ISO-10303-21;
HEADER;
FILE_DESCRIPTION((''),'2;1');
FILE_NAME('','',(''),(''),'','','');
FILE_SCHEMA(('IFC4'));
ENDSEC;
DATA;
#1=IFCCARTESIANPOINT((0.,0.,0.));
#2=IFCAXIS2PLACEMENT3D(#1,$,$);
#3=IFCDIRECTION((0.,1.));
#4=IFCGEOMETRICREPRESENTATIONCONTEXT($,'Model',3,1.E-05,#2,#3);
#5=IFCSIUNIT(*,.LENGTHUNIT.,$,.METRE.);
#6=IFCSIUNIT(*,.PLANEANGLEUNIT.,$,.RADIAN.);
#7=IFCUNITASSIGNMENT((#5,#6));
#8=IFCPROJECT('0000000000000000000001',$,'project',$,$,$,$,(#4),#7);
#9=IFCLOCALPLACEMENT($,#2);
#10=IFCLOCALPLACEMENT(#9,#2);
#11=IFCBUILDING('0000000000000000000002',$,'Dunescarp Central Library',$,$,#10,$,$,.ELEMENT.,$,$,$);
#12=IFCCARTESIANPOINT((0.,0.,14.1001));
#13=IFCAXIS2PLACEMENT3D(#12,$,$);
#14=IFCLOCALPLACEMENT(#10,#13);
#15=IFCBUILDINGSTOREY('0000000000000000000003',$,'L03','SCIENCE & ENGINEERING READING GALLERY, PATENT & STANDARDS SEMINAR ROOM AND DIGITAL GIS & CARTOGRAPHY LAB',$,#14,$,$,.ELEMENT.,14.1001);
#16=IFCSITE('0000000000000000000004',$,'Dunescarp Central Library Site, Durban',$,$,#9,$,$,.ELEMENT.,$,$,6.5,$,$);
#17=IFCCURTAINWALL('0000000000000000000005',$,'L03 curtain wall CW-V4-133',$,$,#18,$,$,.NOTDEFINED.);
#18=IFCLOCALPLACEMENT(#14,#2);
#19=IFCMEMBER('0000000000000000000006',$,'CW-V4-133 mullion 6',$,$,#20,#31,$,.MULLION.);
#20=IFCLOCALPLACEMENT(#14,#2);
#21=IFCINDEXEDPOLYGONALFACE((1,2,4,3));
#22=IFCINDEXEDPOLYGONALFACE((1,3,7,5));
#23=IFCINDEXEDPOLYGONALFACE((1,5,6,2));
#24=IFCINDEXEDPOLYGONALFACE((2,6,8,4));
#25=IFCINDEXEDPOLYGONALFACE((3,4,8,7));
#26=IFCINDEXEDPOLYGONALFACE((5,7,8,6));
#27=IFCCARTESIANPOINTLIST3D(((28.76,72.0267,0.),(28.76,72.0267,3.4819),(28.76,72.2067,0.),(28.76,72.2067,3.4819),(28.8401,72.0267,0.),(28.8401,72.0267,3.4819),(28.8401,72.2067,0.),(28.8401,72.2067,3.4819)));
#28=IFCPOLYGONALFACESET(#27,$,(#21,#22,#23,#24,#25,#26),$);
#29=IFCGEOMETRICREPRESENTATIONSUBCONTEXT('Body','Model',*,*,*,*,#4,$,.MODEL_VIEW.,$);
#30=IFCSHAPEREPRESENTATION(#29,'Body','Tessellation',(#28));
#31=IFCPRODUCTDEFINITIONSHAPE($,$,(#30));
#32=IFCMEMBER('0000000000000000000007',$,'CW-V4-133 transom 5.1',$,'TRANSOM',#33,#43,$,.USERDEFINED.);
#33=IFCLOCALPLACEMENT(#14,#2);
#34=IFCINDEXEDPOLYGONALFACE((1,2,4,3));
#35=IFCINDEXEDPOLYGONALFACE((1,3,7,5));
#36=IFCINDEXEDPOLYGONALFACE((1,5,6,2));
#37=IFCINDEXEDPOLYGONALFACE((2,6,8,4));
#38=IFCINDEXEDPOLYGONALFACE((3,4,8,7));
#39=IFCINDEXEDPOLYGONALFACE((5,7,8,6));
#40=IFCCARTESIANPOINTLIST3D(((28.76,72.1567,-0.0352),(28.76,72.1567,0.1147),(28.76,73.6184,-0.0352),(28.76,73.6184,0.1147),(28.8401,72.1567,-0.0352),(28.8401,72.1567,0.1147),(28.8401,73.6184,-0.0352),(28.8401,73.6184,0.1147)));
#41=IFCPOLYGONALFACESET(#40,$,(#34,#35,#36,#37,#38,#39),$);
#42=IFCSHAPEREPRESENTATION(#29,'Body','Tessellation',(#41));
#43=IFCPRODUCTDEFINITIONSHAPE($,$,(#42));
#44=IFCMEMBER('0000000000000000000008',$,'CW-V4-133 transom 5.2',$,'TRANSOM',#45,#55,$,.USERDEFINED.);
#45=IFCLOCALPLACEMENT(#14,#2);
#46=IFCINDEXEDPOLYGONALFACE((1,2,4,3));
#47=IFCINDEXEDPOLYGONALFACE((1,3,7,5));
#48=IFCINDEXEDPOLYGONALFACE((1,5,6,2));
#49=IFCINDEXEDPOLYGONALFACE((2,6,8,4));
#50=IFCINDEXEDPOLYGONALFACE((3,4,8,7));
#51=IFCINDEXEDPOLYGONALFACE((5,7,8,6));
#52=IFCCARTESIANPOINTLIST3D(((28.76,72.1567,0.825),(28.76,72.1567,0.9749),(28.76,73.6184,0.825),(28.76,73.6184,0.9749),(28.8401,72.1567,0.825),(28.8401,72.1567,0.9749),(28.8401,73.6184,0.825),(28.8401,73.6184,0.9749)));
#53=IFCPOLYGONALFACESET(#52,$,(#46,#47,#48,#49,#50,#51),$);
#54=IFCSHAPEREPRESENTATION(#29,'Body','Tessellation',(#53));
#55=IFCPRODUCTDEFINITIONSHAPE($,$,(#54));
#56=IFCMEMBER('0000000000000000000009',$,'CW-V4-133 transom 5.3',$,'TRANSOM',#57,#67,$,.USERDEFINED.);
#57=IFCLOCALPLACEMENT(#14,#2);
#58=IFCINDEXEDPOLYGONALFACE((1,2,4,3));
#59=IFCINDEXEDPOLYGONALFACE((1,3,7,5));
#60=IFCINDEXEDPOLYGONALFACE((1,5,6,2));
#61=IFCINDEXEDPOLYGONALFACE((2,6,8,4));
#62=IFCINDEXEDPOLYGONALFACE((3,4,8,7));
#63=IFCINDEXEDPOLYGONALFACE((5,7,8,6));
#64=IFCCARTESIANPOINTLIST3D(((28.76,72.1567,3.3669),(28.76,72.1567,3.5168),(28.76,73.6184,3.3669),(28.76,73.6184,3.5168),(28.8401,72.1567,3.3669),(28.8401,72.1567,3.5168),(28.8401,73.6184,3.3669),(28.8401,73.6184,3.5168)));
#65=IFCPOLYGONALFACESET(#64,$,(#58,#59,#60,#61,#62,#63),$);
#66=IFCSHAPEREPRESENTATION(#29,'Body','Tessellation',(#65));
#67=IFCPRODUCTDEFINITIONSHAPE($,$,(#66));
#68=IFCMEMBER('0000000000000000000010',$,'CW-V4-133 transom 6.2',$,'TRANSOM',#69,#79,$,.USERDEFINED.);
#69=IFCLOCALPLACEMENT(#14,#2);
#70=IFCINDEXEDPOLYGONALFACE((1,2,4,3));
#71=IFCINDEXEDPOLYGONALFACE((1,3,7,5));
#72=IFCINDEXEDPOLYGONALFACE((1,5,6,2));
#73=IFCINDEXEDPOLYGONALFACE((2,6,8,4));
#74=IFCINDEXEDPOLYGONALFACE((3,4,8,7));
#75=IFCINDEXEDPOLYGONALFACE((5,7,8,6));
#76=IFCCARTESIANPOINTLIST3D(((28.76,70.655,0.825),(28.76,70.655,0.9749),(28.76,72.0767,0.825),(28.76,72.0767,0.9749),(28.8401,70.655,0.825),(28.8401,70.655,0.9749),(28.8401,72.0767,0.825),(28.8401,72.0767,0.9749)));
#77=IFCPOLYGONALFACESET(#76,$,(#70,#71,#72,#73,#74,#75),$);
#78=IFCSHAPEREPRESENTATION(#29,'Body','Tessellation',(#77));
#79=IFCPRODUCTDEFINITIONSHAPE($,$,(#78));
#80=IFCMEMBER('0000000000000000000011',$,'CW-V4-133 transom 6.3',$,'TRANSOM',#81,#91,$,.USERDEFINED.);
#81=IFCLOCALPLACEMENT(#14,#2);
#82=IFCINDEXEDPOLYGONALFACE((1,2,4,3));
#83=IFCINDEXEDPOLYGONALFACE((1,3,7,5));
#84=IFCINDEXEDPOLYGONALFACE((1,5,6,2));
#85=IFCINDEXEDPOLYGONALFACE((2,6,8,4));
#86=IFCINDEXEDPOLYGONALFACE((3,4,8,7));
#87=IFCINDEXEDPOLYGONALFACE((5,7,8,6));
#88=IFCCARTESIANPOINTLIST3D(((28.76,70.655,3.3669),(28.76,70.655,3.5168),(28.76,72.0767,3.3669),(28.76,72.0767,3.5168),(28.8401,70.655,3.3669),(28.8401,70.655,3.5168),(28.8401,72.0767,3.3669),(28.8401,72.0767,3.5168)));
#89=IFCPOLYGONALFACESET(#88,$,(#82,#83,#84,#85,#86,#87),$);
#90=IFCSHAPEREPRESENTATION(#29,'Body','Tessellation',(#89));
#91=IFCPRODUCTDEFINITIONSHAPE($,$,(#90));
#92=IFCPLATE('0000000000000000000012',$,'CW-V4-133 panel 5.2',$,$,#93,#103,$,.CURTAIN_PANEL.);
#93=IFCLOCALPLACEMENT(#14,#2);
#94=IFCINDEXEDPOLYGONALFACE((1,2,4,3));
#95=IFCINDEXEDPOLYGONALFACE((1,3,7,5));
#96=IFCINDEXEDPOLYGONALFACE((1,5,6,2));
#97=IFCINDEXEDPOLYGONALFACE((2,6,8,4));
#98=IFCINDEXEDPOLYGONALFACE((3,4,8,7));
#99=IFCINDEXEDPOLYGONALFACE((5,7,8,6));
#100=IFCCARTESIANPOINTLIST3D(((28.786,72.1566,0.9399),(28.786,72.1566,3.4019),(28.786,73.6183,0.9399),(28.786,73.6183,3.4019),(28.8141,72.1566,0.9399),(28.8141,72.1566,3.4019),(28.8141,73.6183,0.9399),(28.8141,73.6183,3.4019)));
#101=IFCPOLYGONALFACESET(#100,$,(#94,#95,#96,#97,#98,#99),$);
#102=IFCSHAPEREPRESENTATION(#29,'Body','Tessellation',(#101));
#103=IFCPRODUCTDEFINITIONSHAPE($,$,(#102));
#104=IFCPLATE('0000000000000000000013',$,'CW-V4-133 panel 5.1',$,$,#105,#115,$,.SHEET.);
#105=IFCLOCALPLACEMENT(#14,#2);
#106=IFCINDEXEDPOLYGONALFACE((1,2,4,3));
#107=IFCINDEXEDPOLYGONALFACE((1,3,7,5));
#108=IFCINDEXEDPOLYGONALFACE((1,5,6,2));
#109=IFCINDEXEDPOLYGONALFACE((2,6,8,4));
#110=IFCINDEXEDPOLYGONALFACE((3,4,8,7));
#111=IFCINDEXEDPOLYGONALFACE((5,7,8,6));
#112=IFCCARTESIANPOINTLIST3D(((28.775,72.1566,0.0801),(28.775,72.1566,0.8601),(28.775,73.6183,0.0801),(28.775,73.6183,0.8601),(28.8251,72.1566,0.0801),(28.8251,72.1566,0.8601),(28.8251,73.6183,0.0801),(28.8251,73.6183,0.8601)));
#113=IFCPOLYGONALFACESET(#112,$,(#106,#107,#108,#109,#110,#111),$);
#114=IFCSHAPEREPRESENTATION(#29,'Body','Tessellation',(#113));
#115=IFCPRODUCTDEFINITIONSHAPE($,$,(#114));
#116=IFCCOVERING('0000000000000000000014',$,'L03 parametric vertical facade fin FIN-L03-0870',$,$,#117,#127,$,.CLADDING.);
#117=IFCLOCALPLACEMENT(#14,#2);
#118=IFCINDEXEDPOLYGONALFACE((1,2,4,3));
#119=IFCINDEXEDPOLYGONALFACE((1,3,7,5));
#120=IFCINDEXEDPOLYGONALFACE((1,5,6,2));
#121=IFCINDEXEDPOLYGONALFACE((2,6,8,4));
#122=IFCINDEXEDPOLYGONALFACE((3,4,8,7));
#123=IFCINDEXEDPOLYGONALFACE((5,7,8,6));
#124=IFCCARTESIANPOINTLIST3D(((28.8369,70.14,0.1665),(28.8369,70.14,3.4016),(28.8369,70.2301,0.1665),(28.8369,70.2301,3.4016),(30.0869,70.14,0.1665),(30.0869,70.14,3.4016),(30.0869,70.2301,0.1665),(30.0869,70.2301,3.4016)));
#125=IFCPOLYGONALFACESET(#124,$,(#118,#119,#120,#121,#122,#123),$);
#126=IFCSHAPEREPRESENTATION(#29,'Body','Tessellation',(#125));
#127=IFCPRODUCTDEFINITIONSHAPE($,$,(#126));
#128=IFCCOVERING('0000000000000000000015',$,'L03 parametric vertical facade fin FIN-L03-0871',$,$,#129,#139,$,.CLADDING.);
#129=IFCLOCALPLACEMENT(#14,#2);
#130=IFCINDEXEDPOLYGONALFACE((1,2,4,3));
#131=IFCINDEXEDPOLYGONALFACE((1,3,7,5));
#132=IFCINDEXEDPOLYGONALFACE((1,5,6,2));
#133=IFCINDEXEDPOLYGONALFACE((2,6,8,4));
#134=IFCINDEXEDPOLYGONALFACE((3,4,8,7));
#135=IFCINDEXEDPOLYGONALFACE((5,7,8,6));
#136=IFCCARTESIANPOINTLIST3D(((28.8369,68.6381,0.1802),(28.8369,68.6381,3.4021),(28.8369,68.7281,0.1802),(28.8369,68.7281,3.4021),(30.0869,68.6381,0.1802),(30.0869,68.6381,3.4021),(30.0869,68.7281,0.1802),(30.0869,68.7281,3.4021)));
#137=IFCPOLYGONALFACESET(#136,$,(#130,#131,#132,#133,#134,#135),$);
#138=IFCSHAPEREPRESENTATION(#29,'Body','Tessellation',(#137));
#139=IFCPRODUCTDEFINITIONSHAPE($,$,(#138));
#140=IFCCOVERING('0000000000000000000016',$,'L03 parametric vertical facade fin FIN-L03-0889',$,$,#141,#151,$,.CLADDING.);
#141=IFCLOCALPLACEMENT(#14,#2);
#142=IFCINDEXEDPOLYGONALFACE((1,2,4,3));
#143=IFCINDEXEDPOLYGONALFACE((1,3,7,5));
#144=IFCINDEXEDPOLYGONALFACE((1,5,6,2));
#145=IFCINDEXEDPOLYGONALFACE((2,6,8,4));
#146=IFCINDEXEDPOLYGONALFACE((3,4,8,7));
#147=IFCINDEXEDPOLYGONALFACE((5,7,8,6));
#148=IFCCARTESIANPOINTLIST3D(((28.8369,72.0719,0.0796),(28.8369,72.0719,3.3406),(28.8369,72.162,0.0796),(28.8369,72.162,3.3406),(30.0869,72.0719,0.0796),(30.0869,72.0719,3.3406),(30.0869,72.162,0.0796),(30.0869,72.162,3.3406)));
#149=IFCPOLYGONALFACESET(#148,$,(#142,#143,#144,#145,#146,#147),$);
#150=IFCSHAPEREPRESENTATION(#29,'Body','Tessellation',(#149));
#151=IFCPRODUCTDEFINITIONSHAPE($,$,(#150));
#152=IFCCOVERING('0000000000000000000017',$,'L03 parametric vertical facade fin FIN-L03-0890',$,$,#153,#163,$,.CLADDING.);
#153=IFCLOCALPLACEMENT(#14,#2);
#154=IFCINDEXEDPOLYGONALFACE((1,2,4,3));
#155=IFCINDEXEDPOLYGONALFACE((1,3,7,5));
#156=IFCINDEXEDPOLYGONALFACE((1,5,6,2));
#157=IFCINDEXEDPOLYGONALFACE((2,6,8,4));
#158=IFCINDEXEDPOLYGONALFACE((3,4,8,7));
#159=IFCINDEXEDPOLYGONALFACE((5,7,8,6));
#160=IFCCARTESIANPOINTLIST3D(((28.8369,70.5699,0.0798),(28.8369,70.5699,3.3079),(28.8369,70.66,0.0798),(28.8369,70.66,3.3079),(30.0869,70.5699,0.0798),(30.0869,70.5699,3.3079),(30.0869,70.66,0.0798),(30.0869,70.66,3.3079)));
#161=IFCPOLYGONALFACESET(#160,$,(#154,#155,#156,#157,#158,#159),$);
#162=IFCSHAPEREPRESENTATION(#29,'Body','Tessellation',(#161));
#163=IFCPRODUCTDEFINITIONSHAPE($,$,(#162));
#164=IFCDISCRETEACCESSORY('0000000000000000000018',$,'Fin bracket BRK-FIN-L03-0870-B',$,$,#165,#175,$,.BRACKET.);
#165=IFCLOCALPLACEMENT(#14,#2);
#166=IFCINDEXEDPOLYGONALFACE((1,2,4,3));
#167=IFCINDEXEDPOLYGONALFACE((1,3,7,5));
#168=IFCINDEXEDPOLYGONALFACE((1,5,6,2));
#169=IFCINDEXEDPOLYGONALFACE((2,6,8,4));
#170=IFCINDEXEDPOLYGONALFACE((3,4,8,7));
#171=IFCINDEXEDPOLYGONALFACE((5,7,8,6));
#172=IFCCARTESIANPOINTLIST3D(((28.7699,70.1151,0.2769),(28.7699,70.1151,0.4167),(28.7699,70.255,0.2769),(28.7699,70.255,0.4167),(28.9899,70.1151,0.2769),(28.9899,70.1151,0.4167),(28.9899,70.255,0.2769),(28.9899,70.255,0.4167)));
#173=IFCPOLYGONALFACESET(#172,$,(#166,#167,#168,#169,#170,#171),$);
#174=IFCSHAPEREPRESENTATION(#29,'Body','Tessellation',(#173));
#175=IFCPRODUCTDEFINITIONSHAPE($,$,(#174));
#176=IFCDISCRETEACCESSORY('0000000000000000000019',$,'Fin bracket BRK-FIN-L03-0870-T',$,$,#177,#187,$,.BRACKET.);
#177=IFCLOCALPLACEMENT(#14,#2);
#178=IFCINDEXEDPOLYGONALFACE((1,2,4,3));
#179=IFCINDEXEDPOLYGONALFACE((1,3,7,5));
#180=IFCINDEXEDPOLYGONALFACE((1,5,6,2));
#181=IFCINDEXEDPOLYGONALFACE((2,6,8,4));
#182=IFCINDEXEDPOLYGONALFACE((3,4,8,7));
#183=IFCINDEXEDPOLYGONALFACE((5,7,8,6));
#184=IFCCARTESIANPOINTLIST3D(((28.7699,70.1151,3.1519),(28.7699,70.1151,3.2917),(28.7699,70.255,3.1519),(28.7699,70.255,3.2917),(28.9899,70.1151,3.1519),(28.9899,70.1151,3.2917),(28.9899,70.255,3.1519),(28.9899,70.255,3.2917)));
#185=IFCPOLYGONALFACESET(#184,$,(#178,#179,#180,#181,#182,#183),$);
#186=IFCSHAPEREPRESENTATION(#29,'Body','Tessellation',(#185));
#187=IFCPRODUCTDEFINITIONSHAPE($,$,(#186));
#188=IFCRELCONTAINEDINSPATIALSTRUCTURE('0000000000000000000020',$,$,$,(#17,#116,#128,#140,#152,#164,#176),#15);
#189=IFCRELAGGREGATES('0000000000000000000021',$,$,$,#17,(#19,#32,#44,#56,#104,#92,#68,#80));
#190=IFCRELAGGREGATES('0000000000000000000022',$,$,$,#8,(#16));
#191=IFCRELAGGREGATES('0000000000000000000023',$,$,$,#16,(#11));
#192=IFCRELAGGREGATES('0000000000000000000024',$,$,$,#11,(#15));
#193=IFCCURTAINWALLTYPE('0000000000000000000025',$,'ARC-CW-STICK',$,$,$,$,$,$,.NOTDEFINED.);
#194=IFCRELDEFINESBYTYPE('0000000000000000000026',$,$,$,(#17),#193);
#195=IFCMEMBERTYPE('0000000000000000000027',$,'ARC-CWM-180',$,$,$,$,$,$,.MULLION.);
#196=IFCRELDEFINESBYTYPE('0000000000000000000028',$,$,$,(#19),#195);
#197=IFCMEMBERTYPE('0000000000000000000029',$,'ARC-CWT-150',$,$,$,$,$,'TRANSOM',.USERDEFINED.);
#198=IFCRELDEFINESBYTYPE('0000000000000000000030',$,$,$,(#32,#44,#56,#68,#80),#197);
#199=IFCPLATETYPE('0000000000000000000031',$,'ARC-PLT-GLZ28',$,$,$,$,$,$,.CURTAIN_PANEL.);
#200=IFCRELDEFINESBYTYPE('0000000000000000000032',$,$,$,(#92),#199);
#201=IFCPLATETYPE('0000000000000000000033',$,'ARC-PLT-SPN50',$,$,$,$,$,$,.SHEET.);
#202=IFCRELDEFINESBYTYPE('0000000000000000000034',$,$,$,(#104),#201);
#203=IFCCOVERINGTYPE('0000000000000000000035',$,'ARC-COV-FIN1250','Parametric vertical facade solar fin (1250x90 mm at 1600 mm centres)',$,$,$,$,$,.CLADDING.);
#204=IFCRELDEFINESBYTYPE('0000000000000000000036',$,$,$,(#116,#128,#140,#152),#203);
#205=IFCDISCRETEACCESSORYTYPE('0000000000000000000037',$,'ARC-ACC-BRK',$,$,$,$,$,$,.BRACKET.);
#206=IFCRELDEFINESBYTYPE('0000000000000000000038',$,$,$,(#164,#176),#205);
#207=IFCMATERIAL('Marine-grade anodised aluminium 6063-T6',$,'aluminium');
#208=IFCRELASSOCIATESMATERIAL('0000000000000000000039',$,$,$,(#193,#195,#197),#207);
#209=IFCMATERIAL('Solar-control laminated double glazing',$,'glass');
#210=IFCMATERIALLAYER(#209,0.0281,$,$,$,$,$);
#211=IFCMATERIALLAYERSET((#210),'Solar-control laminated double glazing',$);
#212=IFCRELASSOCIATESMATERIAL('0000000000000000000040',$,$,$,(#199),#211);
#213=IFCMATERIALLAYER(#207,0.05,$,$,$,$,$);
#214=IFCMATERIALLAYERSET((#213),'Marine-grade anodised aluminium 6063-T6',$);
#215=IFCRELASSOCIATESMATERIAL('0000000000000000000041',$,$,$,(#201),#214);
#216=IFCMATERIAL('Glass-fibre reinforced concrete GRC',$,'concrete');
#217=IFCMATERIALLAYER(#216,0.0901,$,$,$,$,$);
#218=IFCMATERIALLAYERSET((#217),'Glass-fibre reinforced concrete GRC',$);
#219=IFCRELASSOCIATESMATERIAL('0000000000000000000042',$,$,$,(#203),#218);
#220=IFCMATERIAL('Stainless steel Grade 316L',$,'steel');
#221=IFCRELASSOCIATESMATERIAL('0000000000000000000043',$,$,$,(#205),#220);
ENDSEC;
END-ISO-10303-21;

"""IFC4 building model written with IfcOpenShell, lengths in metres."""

from ifc_helpers import new_model, si_unit, direction, frame, origin, origin_2d, place, context, subcontext, project, spatial, rectangle, extrude, material, layer, layer_set, material_profile, profile_set, type_object, element, aggregate, save


model = new_model("IFC4")

# Units and contexts
model_context = context("Model", 3, precision=1e-05, world=origin(), true_north=direction((0.0, 1.0)))
body_context = subcontext(model_context, "Body", "Model", "MODEL_VIEW")
ifc_project = project(units=[si_unit("LENGTHUNIT", "METRE"), si_unit("PLANEANGLEUNIT", "RADIAN")], contexts=[model_context])

# Site, building, storey
site_placement = place(None, origin())
site = spatial("IfcSite", under=ifc_project, at=site_placement, Name="Dunescarp Central Library Site, Durban", CompositionType="ELEMENT", RefElevation=6.5)
building_placement = place(site_placement, origin())
building = spatial("IfcBuilding", under=site, at=building_placement, Name="Dunescarp Central Library", CompositionType="ELEMENT")
storey_placement = place(building_placement, frame((0.0, 0.0, 14.1001)))
storey = spatial("IfcBuildingStorey", under=building, at=storey_placement, Name="L03", Description="SCIENCE & ENGINEERING READING GALLERY, PATENT & STANDARDS SEMINAR ROOM AND DIGITAL GIS & CARTOGRAPHY LAB", CompositionType="ELEMENT", Elevation=14.1001)

# Curtain wall, members, plates
ifc_material_1 = material(Name="Marine-grade anodised aluminium 6063-T6", Category="aluminium")
curtain_wall_type = type_object("IfcCurtainWallType", Name="ARC-CW-STICK", PredefinedType="NOTDEFINED", material=ifc_material_1)
curtain_wall_placement = place(storey_placement, origin())
curtain_wall = element("IfcCurtainWall", 1, at=curtain_wall_placement, inside=storey, type_object=curtain_wall_type, Name="L03 curtain wall CW-V4-133", PredefinedType="NOTDEFINED")
ifc_material_profile_1 = material_profile(ifc_material_1, rectangle(XDim=0.0801, YDim=0.1799, at=origin_2d()), Name="AL 80x180")
ifc_profile_set_1 = profile_set([ifc_material_profile_1], Name="Marine-grade anodised aluminium 6063-T6")
member_type_1 = type_object("IfcMemberType", Name="ARC-CWM-180", PredefinedType="MULLION", material=ifc_profile_set_1)
member_1_placement = place(storey_placement, frame((28.8, 72.1167, 0.0), z_axis=(0.0, 0.0, 1.0), x_axis=(1.0, 0.0, 0.0)))
member_1 = element("IfcMember", 2, at=member_1_placement, type_object=member_type_1, Name="CW-V4-133 mullion 6", PredefinedType="MULLION", context=body_context, shape_type="SweptSolid", body=[
    extrude(rectangle(XDim=0.0801, YDim=0.1799, at=origin_2d()), origin(), (0.0, 0.0, 1.0), 3.4819),
])
ifc_material_profile_2 = material_profile(ifc_material_1, rectangle(XDim=0.0801, YDim=0.1499, at=origin_2d()), Name="AL 80x150")
ifc_profile_set_2 = profile_set([ifc_material_profile_2], Name="Marine-grade anodised aluminium 6063-T6")
member_type_2 = type_object("IfcMemberType", Name="ARC-CWT-150", ElementType="TRANSOM", PredefinedType="USERDEFINED", material=ifc_profile_set_2)
member_2_placement = place(storey_placement, frame((28.8, 73.6184, 0.0398), z_axis=(0.0, -1.0, 0.0), x_axis=(1.0, 0.0, 0.0)))
member_2 = element("IfcMember", 3, at=member_2_placement, type_object=member_type_2, Name="CW-V4-133 transom 5.1", ObjectType="TRANSOM", PredefinedType="USERDEFINED", context=body_context, shape_type="SweptSolid", body=[
    extrude(rectangle(XDim=0.0801, YDim=0.1499, at=origin_2d()), origin(), (0.0, 0.0, 1.0), 1.4617),
])
member_3_placement = place(storey_placement, frame((28.8, 73.6184, 0.8999), z_axis=(0.0, -1.0, 0.0), x_axis=(1.0, 0.0, 0.0)))
member_3 = element("IfcMember", 4, at=member_3_placement, type_object=member_type_2, Name="CW-V4-133 transom 5.2", ObjectType="TRANSOM", PredefinedType="USERDEFINED", context=body_context, shape_type="SweptSolid", body=[
    extrude(rectangle(XDim=0.0801, YDim=0.1499, at=origin_2d()), origin(), (0.0, 0.0, 1.0), 1.4617),
])
member_4_placement = place(storey_placement, frame((28.8, 73.6184, 3.4419), z_axis=(0.0, -1.0, 0.0), x_axis=(1.0, 0.0, 0.0)))
member_4 = element("IfcMember", 5, at=member_4_placement, type_object=member_type_2, Name="CW-V4-133 transom 5.3", ObjectType="TRANSOM", PredefinedType="USERDEFINED", context=body_context, shape_type="SweptSolid", body=[
    extrude(rectangle(XDim=0.0801, YDim=0.1499, at=origin_2d()), origin(), (0.0, 0.0, 1.0), 1.4617),
])
member_5_placement = place(storey_placement, frame((28.8, 72.0767, 0.8999), z_axis=(0.0, -1.0, 0.0), x_axis=(1.0, 0.0, 0.0)))
member_5 = element("IfcMember", 6, at=member_5_placement, type_object=member_type_2, Name="CW-V4-133 transom 6.2", ObjectType="TRANSOM", PredefinedType="USERDEFINED", context=body_context, shape_type="SweptSolid", body=[
    extrude(rectangle(XDim=0.0801, YDim=0.1499, at=origin_2d()), origin(), (0.0, 0.0, 1.0), 1.4216),
])
member_6_placement = place(storey_placement, frame((28.8, 72.0767, 3.4419), z_axis=(0.0, -1.0, 0.0), x_axis=(1.0, 0.0, 0.0)))
member_6 = element("IfcMember", 7, at=member_6_placement, type_object=member_type_2, Name="CW-V4-133 transom 6.3", ObjectType="TRANSOM", PredefinedType="USERDEFINED", context=body_context, shape_type="SweptSolid", body=[
    extrude(rectangle(XDim=0.0801, YDim=0.1499, at=origin_2d()), origin(), (0.0, 0.0, 1.0), 1.4216),
])
ifc_material_2 = material(Name="Solar-control laminated double glazing", Category="glass")
ifc_layer_1 = layer(ifc_material_2, 0.0281)
ifc_layer_set_1 = layer_set([ifc_layer_1], Name="Solar-control laminated double glazing")
plate_type_1 = type_object("IfcPlateType", Name="ARC-PLT-GLZ28", PredefinedType="CURTAIN_PANEL", material=ifc_layer_set_1)
plate_1_placement = place(storey_placement, frame((28.8, 72.8875, 0.9399), z_axis=(0.0, 0.0, 1.0), x_axis=(0.0, -1.0, 0.0)))
plate_1 = element("IfcPlate", 8, at=plate_1_placement, type_object=plate_type_1, Name="CW-V4-133 panel 5.2", PredefinedType="CURTAIN_PANEL", context=body_context, shape_type="SweptSolid", body=[
    extrude(rectangle(XDim=1.4617, YDim=0.0281, at=origin_2d()), origin(), (0.0, 0.0, 1.0), 2.4619),
])
ifc_layer_2 = layer(ifc_material_1, 0.05)
ifc_layer_set_2 = layer_set([ifc_layer_2], Name="Marine-grade anodised aluminium 6063-T6")
plate_type_2 = type_object("IfcPlateType", Name="ARC-PLT-SPN50", PredefinedType="SHEET", material=ifc_layer_set_2)
plate_2_placement = place(storey_placement, frame((28.8, 72.8875, 0.0801), z_axis=(0.0, 0.0, 1.0), x_axis=(0.0, -1.0, 0.0)))
plate_2 = element("IfcPlate", 9, at=plate_2_placement, type_object=plate_type_2, Name="CW-V4-133 panel 5.1", PredefinedType="SHEET", context=body_context, shape_type="SweptSolid", body=[
    extrude(rectangle(XDim=1.4617, YDim=0.05, at=origin_2d()), origin(), (0.0, 0.0, 1.0), 0.78),
])
aggregate(curtain_wall, [member_1, member_2, member_3, member_4, plate_2, plate_1, member_5, member_6])

# Coverings
ifc_material_3 = material(Name="Glass-fibre reinforced concrete GRC", Category="concrete")
ifc_layer_3 = layer(ifc_material_3, 0.0901)
ifc_layer_set_3 = layer_set([ifc_layer_3], Name="Glass-fibre reinforced concrete GRC")
covering_type = type_object("IfcCoveringType", Name="ARC-COV-FIN1250", Description="Parametric vertical facade solar fin (1250x90 mm at 1600 mm centres)", PredefinedType="CLADDING", material=ifc_layer_set_3)
covering_1_placement = place(storey_placement, frame((29.4619, 70.1851, 0.1665), z_axis=(0.0, 0.0, 1.0), x_axis=(1.0, 0.0, 0.0)))
element("IfcCovering", 10, at=covering_1_placement, inside=storey, type_object=covering_type, Name="L03 parametric vertical facade fin FIN-L03-0870", PredefinedType="CLADDING", context=body_context, shape_type="SweptSolid", body=[
    extrude(rectangle(XDim=1.25, YDim=0.0901, at=origin_2d()), origin(), (0.0, 0.0, 1.0), 3.2351),
])
covering_2_placement = place(storey_placement, frame((29.4619, 68.6831, 0.1802), z_axis=(0.0, 0.0, 1.0), x_axis=(1.0, 0.0, 0.0)))
element("IfcCovering", 11, at=covering_2_placement, inside=storey, type_object=covering_type, Name="L03 parametric vertical facade fin FIN-L03-0871", PredefinedType="CLADDING", context=body_context, shape_type="SweptSolid", body=[
    extrude(rectangle(XDim=1.25, YDim=0.0901, at=origin_2d()), origin(), (0.0, 0.0, 1.0), 3.2219),
])
covering_3_placement = place(storey_placement, frame((29.4619, 72.1169, 0.0796), z_axis=(0.0, 0.0, 1.0), x_axis=(1.0, 0.0, 0.0)))
element("IfcCovering", 12, at=covering_3_placement, inside=storey, type_object=covering_type, Name="L03 parametric vertical facade fin FIN-L03-0889", PredefinedType="CLADDING", context=body_context, shape_type="SweptSolid", body=[
    extrude(rectangle(XDim=1.25, YDim=0.0901, at=origin_2d()), origin(), (0.0, 0.0, 1.0), 3.261),
])
covering_4_placement = place(storey_placement, frame((29.4619, 70.615, 0.0798), z_axis=(0.0, 0.0, 1.0), x_axis=(1.0, 0.0, 0.0)))
element("IfcCovering", 13, at=covering_4_placement, inside=storey, type_object=covering_type, Name="L03 parametric vertical facade fin FIN-L03-0890", PredefinedType="CLADDING", context=body_context, shape_type="SweptSolid", body=[
    extrude(rectangle(XDim=1.25, YDim=0.0901, at=origin_2d()), origin(), (0.0, 0.0, 1.0), 3.228),
])

# Discrete accessories
ifc_material_4 = material(Name="Stainless steel Grade 316L", Category="steel")
discrete_accessory_type = type_object("IfcDiscreteAccessoryType", Name="ARC-ACC-BRK", PredefinedType="BRACKET", material=ifc_material_4)
for number, where, z_axis, x_axis, name in (
    (14, (28.8799, 70.1851, 0.2769), (0.0, 0.0, 1.0), (1.0, 0.0, 0.0), "Fin bracket BRK-FIN-L03-0870-B"),
    (15, (28.8799, 70.1851, 3.1519), (0.0, 0.0, 1.0), (1.0, 0.0, 0.0), "Fin bracket BRK-FIN-L03-0870-T"),
):
    element("IfcDiscreteAccessory", number, at=place(storey_placement, frame(where, z_axis=z_axis, x_axis=x_axis)), inside=storey, type_object=discrete_accessory_type, Name=name, PredefinedType="BRACKET", context=body_context, shape_type="SweptSolid", body=[
        extrude(rectangle(XDim=0.22, YDim=0.1399, at=origin_2d()), origin(), (0.0, 0.0, 1.0), 0.1399),
    ])

save(model, "model.ifc")
